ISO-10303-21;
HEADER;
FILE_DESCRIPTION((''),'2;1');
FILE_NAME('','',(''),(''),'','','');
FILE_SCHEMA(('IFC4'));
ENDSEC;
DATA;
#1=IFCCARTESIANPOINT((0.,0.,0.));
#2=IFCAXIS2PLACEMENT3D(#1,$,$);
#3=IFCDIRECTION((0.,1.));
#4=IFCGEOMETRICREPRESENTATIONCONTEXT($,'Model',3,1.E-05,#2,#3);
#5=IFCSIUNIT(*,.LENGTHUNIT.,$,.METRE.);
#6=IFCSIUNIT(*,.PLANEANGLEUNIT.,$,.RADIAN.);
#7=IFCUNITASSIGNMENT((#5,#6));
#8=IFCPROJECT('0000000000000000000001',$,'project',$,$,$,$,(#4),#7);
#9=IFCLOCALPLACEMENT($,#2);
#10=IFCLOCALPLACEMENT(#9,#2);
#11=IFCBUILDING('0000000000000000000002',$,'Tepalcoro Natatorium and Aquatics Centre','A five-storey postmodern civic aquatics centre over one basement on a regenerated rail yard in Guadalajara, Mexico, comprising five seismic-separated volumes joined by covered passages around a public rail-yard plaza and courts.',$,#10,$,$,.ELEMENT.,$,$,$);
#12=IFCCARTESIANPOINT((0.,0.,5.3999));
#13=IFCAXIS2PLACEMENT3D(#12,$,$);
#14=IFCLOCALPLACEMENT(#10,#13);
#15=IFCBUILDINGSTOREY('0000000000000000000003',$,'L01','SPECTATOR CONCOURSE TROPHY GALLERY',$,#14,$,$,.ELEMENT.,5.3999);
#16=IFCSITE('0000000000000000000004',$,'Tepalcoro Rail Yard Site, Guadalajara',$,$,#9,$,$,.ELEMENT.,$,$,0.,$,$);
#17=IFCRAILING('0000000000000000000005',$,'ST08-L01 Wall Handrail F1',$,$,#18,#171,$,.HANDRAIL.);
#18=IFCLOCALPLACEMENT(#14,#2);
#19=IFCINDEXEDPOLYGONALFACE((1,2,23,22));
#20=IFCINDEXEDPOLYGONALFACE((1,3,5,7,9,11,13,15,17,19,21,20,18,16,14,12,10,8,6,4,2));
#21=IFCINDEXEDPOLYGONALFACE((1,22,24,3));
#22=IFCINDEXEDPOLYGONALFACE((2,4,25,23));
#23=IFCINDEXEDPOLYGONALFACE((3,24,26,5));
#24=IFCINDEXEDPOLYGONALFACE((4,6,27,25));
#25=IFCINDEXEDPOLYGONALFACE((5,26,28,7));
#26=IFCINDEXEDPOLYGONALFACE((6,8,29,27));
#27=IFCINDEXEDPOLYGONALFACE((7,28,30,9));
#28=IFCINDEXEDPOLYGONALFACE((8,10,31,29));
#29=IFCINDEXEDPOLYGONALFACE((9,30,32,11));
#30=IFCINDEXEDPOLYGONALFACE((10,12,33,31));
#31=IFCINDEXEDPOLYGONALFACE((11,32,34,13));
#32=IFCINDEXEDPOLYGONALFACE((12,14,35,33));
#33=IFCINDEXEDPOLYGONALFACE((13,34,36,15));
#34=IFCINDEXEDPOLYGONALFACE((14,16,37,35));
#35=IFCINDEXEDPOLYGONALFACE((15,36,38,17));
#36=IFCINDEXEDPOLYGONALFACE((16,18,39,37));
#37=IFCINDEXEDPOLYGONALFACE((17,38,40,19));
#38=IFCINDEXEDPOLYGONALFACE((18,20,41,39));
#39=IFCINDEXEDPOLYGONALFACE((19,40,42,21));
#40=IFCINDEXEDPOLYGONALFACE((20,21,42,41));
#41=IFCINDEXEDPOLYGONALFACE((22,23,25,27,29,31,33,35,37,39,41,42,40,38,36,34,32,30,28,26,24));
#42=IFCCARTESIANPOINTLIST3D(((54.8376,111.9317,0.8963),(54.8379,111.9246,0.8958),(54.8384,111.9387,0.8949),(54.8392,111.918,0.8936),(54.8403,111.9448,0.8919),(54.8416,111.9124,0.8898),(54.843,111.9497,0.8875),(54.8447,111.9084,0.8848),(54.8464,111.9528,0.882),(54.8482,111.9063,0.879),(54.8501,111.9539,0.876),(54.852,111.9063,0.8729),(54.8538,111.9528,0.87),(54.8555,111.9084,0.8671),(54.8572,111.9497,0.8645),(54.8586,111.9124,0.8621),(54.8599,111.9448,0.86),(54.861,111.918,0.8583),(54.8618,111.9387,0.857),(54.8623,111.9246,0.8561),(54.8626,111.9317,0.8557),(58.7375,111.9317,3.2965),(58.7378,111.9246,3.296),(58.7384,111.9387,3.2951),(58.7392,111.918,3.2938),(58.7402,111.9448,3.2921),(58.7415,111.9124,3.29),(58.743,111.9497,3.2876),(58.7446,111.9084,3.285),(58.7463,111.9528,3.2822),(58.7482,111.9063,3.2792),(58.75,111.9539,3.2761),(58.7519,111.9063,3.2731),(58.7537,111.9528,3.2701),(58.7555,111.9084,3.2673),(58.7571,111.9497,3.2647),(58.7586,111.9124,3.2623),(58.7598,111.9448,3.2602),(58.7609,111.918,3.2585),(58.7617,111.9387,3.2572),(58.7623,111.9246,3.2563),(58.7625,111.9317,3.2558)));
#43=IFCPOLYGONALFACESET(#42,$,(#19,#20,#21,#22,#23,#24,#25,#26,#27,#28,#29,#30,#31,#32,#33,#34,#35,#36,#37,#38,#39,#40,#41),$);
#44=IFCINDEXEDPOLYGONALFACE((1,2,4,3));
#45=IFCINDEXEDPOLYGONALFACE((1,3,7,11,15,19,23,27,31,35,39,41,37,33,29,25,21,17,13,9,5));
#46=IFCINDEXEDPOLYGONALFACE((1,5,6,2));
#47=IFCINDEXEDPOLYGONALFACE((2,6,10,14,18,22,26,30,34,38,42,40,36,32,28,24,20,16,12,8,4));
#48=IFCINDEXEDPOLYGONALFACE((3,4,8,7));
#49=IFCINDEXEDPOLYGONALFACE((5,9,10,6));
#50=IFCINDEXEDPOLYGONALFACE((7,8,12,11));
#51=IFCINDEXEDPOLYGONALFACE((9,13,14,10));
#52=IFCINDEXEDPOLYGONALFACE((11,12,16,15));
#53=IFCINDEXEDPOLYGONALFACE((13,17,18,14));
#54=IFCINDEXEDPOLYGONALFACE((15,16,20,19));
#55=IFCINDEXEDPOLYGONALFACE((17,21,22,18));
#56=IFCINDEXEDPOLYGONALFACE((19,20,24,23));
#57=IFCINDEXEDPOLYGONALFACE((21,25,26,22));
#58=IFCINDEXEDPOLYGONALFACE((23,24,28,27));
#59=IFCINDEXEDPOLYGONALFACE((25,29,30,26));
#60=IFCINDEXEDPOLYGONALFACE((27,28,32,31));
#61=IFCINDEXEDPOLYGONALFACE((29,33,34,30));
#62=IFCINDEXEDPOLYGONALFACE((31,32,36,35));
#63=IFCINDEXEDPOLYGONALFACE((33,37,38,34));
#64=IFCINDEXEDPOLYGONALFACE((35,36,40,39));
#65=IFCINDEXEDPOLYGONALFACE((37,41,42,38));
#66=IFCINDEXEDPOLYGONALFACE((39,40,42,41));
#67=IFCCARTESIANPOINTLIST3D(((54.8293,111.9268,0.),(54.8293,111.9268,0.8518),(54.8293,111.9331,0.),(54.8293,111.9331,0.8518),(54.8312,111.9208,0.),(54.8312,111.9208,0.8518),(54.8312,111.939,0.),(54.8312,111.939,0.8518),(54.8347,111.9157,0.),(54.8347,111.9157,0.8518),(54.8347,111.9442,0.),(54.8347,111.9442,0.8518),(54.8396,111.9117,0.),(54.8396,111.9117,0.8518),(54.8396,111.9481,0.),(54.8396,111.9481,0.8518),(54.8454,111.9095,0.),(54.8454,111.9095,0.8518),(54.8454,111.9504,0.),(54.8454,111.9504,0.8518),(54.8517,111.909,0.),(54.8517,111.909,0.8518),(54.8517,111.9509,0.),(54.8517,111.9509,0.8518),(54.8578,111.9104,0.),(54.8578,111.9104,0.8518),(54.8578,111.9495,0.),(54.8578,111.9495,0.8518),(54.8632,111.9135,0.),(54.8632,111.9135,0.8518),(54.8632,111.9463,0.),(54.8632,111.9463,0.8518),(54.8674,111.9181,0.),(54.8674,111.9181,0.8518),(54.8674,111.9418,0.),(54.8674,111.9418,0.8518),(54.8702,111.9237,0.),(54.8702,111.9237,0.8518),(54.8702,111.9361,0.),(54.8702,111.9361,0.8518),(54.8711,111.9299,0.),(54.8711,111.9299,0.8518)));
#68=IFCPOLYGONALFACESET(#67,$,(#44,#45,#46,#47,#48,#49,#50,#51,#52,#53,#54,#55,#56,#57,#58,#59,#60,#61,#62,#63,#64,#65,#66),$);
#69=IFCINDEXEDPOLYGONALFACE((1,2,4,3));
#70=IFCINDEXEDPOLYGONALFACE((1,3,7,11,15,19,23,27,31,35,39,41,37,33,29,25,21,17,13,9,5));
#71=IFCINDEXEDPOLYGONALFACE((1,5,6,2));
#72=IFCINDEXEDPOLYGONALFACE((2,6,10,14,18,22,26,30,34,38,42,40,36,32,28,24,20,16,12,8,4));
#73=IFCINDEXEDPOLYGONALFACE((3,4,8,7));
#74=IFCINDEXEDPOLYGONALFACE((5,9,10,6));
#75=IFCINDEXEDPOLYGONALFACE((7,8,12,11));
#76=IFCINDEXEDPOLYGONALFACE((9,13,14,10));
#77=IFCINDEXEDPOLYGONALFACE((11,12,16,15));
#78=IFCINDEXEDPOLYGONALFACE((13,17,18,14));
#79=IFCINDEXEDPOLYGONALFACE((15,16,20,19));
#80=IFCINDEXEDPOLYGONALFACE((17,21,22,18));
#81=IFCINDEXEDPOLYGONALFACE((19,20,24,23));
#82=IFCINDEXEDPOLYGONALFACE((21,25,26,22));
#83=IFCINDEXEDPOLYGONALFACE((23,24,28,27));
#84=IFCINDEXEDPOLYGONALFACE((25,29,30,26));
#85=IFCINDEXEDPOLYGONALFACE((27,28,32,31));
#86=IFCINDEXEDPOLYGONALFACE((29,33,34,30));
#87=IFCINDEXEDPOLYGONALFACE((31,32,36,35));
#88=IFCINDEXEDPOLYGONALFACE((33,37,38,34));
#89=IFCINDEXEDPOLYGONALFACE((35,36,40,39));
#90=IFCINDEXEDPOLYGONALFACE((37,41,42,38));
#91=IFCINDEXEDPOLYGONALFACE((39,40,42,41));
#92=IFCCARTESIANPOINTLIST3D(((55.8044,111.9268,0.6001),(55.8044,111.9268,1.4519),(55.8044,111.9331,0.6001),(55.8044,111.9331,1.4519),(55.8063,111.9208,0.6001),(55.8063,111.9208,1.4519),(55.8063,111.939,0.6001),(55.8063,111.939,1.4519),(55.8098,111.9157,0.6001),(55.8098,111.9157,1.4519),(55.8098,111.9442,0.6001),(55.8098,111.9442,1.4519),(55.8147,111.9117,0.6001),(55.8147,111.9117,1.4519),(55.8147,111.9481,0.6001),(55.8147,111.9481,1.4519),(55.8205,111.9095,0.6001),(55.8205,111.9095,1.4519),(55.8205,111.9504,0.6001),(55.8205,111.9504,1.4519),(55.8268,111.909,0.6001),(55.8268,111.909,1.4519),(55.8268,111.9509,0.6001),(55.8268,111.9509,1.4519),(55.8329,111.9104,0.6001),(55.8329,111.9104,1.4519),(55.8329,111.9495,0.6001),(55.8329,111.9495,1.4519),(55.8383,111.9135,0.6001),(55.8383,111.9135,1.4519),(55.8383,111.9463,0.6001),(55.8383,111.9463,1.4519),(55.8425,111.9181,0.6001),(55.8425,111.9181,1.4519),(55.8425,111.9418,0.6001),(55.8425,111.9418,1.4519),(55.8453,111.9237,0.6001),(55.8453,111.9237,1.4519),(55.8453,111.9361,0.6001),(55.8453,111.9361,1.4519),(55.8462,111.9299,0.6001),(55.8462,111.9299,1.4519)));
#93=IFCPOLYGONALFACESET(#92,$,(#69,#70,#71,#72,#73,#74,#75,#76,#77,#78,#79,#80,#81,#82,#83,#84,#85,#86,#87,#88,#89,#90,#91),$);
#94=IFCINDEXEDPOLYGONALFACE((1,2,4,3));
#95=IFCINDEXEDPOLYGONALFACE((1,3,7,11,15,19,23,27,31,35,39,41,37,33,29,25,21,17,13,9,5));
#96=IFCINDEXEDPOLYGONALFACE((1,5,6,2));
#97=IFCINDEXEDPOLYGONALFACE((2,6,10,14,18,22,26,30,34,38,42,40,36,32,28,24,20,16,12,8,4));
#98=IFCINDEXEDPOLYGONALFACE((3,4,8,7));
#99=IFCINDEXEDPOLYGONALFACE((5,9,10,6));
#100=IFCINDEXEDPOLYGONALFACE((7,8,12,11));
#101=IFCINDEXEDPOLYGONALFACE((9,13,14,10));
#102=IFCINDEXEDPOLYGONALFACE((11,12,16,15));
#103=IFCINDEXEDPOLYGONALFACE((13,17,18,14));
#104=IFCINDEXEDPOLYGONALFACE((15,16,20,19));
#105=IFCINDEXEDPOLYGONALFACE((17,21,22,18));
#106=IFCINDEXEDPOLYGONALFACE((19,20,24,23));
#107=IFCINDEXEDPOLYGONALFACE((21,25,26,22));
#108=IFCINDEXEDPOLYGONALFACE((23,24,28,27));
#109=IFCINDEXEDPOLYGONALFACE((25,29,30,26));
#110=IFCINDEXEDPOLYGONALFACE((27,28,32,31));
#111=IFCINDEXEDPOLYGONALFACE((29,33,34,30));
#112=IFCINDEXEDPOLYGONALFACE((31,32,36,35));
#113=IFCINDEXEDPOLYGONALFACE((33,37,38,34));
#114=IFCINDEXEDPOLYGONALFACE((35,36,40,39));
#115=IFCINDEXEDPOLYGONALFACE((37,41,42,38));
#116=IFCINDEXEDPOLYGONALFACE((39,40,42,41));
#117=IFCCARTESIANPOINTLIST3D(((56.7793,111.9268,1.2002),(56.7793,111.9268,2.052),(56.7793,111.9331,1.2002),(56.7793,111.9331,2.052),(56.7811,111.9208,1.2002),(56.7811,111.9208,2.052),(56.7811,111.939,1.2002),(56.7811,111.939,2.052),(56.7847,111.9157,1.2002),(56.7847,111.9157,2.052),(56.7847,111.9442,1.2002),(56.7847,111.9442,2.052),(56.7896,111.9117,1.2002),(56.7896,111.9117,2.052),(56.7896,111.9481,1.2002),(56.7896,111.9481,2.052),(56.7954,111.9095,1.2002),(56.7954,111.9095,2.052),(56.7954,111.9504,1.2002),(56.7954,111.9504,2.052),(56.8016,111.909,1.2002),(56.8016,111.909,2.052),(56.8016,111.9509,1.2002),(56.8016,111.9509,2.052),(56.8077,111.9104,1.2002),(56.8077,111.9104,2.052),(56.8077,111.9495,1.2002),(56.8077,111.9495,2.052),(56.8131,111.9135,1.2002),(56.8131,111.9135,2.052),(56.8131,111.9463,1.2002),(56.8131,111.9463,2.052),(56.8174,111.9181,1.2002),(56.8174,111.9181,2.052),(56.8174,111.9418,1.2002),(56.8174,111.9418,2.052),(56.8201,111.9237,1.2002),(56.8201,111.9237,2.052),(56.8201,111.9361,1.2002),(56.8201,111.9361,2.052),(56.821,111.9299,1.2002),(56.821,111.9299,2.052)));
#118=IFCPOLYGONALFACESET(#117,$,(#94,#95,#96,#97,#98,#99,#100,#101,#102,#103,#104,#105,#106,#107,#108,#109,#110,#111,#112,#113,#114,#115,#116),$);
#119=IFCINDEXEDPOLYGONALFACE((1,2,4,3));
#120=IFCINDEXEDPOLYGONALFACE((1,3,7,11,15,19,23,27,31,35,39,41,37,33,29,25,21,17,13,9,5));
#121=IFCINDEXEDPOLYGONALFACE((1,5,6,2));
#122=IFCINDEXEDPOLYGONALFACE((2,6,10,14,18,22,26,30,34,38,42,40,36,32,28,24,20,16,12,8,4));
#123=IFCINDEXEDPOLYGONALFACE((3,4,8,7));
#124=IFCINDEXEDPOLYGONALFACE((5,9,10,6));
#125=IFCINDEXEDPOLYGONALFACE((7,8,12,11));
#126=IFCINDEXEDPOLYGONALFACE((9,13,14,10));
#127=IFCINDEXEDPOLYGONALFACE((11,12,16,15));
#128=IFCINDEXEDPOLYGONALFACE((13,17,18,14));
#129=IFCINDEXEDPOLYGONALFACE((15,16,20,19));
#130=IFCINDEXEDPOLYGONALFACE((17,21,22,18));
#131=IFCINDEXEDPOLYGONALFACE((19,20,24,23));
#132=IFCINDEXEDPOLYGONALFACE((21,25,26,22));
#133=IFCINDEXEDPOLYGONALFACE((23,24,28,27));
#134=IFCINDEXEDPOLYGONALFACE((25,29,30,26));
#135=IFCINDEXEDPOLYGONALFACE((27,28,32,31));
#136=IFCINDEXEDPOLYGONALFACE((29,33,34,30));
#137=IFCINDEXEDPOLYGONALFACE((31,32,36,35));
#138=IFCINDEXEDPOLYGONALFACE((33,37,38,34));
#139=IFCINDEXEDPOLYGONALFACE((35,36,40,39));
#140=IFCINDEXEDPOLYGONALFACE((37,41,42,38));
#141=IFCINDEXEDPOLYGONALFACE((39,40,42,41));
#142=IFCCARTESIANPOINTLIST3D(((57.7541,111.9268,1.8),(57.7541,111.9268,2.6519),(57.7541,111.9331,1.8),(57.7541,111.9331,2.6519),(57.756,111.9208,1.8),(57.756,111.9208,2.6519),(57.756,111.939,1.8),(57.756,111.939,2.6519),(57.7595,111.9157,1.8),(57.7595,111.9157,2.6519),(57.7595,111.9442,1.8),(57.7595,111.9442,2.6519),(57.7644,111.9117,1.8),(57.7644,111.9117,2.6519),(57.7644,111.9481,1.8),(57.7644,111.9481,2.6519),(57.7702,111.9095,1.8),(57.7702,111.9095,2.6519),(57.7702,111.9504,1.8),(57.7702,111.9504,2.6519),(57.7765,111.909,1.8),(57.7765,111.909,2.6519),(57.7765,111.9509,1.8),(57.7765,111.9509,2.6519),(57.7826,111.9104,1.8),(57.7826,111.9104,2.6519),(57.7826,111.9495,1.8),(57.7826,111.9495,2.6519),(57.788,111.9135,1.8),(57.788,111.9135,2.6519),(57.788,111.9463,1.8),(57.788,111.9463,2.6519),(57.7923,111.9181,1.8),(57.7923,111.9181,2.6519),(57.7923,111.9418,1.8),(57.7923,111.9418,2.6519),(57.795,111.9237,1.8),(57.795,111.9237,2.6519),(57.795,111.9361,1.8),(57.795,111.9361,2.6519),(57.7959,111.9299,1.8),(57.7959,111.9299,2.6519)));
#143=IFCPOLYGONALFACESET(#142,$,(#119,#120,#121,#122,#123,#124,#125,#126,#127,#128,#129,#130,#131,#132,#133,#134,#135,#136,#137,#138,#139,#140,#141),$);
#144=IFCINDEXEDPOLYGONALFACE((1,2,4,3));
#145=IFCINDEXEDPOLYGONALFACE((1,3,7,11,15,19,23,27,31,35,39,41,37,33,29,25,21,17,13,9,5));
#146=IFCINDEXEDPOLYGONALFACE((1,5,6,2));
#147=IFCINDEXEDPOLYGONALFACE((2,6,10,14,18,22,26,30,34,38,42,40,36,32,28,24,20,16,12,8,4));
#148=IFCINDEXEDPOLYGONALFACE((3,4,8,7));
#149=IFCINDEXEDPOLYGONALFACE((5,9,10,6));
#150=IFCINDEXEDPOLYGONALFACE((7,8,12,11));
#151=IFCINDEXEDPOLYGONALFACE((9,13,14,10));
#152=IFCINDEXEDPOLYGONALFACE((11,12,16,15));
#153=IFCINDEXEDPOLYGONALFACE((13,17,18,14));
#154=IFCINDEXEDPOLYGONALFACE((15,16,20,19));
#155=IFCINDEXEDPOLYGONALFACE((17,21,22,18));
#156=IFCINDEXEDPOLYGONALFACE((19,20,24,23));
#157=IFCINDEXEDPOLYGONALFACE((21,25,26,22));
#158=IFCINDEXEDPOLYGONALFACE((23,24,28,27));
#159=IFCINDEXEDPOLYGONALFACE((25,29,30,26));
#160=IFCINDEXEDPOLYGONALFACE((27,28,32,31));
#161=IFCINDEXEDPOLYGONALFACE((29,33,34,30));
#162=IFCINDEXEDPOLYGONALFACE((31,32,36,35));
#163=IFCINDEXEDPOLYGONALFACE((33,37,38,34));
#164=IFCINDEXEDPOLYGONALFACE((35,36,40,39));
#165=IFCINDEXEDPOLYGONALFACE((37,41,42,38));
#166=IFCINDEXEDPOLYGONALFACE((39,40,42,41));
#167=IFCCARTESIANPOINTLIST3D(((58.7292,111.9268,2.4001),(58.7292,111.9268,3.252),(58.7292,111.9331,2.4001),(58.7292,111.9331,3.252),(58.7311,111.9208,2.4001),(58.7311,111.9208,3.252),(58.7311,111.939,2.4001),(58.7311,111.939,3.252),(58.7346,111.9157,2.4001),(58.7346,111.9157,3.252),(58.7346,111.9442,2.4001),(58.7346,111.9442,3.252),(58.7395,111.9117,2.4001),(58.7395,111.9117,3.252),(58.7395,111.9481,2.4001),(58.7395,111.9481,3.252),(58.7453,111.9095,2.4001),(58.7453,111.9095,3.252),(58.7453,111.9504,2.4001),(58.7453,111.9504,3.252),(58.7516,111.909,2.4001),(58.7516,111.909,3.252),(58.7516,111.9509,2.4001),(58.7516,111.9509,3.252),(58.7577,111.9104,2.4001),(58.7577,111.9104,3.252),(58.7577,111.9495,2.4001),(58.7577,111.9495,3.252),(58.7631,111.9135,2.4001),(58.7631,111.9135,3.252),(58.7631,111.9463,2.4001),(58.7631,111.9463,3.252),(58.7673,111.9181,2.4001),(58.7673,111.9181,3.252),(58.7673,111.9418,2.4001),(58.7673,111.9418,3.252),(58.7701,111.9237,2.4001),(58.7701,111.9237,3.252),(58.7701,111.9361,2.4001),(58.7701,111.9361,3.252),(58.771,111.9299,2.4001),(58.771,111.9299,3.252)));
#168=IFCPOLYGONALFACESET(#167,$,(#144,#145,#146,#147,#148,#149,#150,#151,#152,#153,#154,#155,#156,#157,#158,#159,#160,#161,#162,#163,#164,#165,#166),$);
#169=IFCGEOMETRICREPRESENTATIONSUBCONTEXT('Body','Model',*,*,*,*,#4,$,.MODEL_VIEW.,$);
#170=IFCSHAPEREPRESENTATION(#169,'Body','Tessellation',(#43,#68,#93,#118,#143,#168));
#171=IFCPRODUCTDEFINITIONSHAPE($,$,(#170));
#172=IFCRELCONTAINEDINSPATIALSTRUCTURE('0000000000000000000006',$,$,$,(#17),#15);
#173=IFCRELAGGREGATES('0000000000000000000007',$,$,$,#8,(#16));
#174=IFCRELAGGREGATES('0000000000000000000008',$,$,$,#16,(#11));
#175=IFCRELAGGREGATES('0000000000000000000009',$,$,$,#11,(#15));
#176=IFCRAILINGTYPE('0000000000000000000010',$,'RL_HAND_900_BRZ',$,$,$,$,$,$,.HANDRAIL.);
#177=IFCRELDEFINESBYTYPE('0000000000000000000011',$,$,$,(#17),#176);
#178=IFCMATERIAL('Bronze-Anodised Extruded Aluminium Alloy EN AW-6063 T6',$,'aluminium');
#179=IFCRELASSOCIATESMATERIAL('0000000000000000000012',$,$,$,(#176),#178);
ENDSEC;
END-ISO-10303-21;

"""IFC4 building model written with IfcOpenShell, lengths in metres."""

from ifc_helpers import new_model, si_unit, direction, frame, origin, origin_2d, place, context, subcontext, project, spatial, circle, extrude, material, type_object, element, save


model = new_model("IFC4")

# Units and contexts
model_context = context("Model", 3, precision=1e-05, world=origin(), true_north=direction((0.0, 1.0)))
body_context = subcontext(model_context, "Body", "Model", "MODEL_VIEW")
ifc_project = project(units=[si_unit("LENGTHUNIT", "METRE"), si_unit("PLANEANGLEUNIT", "RADIAN")], contexts=[model_context])

# Site, building, storey
site_placement = place(None, origin())
site = spatial("IfcSite", under=ifc_project, at=site_placement, Name="Tepalcoro Rail Yard Site, Guadalajara", CompositionType="ELEMENT", RefElevation=0.0)
building_placement = place(site_placement, origin())
building = spatial("IfcBuilding", under=site, at=building_placement, Name="Tepalcoro Natatorium and Aquatics Centre", Description="A five-storey postmodern civic aquatics centre over one basement on a regenerated rail yard in Guadalajara, Mexico, comprising five seismic-separated volumes joined by covered passages around a public rail-yard plaza and courts.", CompositionType="ELEMENT")
storey_placement = place(building_placement, frame((0.0, 0.0, 5.3999)))
storey = spatial("IfcBuildingStorey", under=building, at=storey_placement, Name="L01", Description="SPECTATOR CONCOURSE TROPHY GALLERY", CompositionType="ELEMENT", Elevation=5.3999)

# Shared definitions
ifc_material_1 = material(Name="Bronze-Anodised Extruded Aluminium Alloy EN AW-6063 T6", Category="aluminium")

# Railing
railing_type_1 = type_object("IfcRailingType", Name="RL_HAND_900_BRZ", PredefinedType="HANDRAIL", material=ifc_material_1)
railing_1_placement = place(storey_placement, frame((54.8501, 111.9299, 0.0)))
element("IfcRailing", 1, at=railing_1_placement, inside=storey, type_object=railing_type_1, Name="ST08-L01 Wall Handrail F1", PredefinedType="HANDRAIL", context=body_context, shape_type="SweptSolid", body=[
    extrude(circle(Radius=0.0239, at=origin_2d()), frame((0.0, 0.0, 0.876), z_axis=(0.851638, 0.0, 0.52413), x_axis=(0.0, 1.0, 0.0)), (0.0, 0.0, 1.0), 4.5793),
    extrude(circle(Radius=0.021, at=origin_2d()), origin(), (0.0, 0.0, 1.0), 0.8518),
    extrude(circle(Radius=0.021, at=origin_2d()), frame((0.9751, 0.0, 0.6001)), (0.0, 0.0, 1.0), 0.8518),
    extrude(circle(Radius=0.021, at=origin_2d()), frame((1.95, 0.0, 1.2002)), (0.0, 0.0, 1.0), 0.8518),
    extrude(circle(Radius=0.021, at=origin_2d()), frame((2.9248, 0.0, 1.8)), (0.0, 0.0, 1.0), 0.8518),
    extrude(circle(Radius=0.021, at=origin_2d()), frame((3.8999, 0.0, 2.4001)), (0.0, 0.0, 1.0), 0.8518),
])

save(model, "model.ifc")
